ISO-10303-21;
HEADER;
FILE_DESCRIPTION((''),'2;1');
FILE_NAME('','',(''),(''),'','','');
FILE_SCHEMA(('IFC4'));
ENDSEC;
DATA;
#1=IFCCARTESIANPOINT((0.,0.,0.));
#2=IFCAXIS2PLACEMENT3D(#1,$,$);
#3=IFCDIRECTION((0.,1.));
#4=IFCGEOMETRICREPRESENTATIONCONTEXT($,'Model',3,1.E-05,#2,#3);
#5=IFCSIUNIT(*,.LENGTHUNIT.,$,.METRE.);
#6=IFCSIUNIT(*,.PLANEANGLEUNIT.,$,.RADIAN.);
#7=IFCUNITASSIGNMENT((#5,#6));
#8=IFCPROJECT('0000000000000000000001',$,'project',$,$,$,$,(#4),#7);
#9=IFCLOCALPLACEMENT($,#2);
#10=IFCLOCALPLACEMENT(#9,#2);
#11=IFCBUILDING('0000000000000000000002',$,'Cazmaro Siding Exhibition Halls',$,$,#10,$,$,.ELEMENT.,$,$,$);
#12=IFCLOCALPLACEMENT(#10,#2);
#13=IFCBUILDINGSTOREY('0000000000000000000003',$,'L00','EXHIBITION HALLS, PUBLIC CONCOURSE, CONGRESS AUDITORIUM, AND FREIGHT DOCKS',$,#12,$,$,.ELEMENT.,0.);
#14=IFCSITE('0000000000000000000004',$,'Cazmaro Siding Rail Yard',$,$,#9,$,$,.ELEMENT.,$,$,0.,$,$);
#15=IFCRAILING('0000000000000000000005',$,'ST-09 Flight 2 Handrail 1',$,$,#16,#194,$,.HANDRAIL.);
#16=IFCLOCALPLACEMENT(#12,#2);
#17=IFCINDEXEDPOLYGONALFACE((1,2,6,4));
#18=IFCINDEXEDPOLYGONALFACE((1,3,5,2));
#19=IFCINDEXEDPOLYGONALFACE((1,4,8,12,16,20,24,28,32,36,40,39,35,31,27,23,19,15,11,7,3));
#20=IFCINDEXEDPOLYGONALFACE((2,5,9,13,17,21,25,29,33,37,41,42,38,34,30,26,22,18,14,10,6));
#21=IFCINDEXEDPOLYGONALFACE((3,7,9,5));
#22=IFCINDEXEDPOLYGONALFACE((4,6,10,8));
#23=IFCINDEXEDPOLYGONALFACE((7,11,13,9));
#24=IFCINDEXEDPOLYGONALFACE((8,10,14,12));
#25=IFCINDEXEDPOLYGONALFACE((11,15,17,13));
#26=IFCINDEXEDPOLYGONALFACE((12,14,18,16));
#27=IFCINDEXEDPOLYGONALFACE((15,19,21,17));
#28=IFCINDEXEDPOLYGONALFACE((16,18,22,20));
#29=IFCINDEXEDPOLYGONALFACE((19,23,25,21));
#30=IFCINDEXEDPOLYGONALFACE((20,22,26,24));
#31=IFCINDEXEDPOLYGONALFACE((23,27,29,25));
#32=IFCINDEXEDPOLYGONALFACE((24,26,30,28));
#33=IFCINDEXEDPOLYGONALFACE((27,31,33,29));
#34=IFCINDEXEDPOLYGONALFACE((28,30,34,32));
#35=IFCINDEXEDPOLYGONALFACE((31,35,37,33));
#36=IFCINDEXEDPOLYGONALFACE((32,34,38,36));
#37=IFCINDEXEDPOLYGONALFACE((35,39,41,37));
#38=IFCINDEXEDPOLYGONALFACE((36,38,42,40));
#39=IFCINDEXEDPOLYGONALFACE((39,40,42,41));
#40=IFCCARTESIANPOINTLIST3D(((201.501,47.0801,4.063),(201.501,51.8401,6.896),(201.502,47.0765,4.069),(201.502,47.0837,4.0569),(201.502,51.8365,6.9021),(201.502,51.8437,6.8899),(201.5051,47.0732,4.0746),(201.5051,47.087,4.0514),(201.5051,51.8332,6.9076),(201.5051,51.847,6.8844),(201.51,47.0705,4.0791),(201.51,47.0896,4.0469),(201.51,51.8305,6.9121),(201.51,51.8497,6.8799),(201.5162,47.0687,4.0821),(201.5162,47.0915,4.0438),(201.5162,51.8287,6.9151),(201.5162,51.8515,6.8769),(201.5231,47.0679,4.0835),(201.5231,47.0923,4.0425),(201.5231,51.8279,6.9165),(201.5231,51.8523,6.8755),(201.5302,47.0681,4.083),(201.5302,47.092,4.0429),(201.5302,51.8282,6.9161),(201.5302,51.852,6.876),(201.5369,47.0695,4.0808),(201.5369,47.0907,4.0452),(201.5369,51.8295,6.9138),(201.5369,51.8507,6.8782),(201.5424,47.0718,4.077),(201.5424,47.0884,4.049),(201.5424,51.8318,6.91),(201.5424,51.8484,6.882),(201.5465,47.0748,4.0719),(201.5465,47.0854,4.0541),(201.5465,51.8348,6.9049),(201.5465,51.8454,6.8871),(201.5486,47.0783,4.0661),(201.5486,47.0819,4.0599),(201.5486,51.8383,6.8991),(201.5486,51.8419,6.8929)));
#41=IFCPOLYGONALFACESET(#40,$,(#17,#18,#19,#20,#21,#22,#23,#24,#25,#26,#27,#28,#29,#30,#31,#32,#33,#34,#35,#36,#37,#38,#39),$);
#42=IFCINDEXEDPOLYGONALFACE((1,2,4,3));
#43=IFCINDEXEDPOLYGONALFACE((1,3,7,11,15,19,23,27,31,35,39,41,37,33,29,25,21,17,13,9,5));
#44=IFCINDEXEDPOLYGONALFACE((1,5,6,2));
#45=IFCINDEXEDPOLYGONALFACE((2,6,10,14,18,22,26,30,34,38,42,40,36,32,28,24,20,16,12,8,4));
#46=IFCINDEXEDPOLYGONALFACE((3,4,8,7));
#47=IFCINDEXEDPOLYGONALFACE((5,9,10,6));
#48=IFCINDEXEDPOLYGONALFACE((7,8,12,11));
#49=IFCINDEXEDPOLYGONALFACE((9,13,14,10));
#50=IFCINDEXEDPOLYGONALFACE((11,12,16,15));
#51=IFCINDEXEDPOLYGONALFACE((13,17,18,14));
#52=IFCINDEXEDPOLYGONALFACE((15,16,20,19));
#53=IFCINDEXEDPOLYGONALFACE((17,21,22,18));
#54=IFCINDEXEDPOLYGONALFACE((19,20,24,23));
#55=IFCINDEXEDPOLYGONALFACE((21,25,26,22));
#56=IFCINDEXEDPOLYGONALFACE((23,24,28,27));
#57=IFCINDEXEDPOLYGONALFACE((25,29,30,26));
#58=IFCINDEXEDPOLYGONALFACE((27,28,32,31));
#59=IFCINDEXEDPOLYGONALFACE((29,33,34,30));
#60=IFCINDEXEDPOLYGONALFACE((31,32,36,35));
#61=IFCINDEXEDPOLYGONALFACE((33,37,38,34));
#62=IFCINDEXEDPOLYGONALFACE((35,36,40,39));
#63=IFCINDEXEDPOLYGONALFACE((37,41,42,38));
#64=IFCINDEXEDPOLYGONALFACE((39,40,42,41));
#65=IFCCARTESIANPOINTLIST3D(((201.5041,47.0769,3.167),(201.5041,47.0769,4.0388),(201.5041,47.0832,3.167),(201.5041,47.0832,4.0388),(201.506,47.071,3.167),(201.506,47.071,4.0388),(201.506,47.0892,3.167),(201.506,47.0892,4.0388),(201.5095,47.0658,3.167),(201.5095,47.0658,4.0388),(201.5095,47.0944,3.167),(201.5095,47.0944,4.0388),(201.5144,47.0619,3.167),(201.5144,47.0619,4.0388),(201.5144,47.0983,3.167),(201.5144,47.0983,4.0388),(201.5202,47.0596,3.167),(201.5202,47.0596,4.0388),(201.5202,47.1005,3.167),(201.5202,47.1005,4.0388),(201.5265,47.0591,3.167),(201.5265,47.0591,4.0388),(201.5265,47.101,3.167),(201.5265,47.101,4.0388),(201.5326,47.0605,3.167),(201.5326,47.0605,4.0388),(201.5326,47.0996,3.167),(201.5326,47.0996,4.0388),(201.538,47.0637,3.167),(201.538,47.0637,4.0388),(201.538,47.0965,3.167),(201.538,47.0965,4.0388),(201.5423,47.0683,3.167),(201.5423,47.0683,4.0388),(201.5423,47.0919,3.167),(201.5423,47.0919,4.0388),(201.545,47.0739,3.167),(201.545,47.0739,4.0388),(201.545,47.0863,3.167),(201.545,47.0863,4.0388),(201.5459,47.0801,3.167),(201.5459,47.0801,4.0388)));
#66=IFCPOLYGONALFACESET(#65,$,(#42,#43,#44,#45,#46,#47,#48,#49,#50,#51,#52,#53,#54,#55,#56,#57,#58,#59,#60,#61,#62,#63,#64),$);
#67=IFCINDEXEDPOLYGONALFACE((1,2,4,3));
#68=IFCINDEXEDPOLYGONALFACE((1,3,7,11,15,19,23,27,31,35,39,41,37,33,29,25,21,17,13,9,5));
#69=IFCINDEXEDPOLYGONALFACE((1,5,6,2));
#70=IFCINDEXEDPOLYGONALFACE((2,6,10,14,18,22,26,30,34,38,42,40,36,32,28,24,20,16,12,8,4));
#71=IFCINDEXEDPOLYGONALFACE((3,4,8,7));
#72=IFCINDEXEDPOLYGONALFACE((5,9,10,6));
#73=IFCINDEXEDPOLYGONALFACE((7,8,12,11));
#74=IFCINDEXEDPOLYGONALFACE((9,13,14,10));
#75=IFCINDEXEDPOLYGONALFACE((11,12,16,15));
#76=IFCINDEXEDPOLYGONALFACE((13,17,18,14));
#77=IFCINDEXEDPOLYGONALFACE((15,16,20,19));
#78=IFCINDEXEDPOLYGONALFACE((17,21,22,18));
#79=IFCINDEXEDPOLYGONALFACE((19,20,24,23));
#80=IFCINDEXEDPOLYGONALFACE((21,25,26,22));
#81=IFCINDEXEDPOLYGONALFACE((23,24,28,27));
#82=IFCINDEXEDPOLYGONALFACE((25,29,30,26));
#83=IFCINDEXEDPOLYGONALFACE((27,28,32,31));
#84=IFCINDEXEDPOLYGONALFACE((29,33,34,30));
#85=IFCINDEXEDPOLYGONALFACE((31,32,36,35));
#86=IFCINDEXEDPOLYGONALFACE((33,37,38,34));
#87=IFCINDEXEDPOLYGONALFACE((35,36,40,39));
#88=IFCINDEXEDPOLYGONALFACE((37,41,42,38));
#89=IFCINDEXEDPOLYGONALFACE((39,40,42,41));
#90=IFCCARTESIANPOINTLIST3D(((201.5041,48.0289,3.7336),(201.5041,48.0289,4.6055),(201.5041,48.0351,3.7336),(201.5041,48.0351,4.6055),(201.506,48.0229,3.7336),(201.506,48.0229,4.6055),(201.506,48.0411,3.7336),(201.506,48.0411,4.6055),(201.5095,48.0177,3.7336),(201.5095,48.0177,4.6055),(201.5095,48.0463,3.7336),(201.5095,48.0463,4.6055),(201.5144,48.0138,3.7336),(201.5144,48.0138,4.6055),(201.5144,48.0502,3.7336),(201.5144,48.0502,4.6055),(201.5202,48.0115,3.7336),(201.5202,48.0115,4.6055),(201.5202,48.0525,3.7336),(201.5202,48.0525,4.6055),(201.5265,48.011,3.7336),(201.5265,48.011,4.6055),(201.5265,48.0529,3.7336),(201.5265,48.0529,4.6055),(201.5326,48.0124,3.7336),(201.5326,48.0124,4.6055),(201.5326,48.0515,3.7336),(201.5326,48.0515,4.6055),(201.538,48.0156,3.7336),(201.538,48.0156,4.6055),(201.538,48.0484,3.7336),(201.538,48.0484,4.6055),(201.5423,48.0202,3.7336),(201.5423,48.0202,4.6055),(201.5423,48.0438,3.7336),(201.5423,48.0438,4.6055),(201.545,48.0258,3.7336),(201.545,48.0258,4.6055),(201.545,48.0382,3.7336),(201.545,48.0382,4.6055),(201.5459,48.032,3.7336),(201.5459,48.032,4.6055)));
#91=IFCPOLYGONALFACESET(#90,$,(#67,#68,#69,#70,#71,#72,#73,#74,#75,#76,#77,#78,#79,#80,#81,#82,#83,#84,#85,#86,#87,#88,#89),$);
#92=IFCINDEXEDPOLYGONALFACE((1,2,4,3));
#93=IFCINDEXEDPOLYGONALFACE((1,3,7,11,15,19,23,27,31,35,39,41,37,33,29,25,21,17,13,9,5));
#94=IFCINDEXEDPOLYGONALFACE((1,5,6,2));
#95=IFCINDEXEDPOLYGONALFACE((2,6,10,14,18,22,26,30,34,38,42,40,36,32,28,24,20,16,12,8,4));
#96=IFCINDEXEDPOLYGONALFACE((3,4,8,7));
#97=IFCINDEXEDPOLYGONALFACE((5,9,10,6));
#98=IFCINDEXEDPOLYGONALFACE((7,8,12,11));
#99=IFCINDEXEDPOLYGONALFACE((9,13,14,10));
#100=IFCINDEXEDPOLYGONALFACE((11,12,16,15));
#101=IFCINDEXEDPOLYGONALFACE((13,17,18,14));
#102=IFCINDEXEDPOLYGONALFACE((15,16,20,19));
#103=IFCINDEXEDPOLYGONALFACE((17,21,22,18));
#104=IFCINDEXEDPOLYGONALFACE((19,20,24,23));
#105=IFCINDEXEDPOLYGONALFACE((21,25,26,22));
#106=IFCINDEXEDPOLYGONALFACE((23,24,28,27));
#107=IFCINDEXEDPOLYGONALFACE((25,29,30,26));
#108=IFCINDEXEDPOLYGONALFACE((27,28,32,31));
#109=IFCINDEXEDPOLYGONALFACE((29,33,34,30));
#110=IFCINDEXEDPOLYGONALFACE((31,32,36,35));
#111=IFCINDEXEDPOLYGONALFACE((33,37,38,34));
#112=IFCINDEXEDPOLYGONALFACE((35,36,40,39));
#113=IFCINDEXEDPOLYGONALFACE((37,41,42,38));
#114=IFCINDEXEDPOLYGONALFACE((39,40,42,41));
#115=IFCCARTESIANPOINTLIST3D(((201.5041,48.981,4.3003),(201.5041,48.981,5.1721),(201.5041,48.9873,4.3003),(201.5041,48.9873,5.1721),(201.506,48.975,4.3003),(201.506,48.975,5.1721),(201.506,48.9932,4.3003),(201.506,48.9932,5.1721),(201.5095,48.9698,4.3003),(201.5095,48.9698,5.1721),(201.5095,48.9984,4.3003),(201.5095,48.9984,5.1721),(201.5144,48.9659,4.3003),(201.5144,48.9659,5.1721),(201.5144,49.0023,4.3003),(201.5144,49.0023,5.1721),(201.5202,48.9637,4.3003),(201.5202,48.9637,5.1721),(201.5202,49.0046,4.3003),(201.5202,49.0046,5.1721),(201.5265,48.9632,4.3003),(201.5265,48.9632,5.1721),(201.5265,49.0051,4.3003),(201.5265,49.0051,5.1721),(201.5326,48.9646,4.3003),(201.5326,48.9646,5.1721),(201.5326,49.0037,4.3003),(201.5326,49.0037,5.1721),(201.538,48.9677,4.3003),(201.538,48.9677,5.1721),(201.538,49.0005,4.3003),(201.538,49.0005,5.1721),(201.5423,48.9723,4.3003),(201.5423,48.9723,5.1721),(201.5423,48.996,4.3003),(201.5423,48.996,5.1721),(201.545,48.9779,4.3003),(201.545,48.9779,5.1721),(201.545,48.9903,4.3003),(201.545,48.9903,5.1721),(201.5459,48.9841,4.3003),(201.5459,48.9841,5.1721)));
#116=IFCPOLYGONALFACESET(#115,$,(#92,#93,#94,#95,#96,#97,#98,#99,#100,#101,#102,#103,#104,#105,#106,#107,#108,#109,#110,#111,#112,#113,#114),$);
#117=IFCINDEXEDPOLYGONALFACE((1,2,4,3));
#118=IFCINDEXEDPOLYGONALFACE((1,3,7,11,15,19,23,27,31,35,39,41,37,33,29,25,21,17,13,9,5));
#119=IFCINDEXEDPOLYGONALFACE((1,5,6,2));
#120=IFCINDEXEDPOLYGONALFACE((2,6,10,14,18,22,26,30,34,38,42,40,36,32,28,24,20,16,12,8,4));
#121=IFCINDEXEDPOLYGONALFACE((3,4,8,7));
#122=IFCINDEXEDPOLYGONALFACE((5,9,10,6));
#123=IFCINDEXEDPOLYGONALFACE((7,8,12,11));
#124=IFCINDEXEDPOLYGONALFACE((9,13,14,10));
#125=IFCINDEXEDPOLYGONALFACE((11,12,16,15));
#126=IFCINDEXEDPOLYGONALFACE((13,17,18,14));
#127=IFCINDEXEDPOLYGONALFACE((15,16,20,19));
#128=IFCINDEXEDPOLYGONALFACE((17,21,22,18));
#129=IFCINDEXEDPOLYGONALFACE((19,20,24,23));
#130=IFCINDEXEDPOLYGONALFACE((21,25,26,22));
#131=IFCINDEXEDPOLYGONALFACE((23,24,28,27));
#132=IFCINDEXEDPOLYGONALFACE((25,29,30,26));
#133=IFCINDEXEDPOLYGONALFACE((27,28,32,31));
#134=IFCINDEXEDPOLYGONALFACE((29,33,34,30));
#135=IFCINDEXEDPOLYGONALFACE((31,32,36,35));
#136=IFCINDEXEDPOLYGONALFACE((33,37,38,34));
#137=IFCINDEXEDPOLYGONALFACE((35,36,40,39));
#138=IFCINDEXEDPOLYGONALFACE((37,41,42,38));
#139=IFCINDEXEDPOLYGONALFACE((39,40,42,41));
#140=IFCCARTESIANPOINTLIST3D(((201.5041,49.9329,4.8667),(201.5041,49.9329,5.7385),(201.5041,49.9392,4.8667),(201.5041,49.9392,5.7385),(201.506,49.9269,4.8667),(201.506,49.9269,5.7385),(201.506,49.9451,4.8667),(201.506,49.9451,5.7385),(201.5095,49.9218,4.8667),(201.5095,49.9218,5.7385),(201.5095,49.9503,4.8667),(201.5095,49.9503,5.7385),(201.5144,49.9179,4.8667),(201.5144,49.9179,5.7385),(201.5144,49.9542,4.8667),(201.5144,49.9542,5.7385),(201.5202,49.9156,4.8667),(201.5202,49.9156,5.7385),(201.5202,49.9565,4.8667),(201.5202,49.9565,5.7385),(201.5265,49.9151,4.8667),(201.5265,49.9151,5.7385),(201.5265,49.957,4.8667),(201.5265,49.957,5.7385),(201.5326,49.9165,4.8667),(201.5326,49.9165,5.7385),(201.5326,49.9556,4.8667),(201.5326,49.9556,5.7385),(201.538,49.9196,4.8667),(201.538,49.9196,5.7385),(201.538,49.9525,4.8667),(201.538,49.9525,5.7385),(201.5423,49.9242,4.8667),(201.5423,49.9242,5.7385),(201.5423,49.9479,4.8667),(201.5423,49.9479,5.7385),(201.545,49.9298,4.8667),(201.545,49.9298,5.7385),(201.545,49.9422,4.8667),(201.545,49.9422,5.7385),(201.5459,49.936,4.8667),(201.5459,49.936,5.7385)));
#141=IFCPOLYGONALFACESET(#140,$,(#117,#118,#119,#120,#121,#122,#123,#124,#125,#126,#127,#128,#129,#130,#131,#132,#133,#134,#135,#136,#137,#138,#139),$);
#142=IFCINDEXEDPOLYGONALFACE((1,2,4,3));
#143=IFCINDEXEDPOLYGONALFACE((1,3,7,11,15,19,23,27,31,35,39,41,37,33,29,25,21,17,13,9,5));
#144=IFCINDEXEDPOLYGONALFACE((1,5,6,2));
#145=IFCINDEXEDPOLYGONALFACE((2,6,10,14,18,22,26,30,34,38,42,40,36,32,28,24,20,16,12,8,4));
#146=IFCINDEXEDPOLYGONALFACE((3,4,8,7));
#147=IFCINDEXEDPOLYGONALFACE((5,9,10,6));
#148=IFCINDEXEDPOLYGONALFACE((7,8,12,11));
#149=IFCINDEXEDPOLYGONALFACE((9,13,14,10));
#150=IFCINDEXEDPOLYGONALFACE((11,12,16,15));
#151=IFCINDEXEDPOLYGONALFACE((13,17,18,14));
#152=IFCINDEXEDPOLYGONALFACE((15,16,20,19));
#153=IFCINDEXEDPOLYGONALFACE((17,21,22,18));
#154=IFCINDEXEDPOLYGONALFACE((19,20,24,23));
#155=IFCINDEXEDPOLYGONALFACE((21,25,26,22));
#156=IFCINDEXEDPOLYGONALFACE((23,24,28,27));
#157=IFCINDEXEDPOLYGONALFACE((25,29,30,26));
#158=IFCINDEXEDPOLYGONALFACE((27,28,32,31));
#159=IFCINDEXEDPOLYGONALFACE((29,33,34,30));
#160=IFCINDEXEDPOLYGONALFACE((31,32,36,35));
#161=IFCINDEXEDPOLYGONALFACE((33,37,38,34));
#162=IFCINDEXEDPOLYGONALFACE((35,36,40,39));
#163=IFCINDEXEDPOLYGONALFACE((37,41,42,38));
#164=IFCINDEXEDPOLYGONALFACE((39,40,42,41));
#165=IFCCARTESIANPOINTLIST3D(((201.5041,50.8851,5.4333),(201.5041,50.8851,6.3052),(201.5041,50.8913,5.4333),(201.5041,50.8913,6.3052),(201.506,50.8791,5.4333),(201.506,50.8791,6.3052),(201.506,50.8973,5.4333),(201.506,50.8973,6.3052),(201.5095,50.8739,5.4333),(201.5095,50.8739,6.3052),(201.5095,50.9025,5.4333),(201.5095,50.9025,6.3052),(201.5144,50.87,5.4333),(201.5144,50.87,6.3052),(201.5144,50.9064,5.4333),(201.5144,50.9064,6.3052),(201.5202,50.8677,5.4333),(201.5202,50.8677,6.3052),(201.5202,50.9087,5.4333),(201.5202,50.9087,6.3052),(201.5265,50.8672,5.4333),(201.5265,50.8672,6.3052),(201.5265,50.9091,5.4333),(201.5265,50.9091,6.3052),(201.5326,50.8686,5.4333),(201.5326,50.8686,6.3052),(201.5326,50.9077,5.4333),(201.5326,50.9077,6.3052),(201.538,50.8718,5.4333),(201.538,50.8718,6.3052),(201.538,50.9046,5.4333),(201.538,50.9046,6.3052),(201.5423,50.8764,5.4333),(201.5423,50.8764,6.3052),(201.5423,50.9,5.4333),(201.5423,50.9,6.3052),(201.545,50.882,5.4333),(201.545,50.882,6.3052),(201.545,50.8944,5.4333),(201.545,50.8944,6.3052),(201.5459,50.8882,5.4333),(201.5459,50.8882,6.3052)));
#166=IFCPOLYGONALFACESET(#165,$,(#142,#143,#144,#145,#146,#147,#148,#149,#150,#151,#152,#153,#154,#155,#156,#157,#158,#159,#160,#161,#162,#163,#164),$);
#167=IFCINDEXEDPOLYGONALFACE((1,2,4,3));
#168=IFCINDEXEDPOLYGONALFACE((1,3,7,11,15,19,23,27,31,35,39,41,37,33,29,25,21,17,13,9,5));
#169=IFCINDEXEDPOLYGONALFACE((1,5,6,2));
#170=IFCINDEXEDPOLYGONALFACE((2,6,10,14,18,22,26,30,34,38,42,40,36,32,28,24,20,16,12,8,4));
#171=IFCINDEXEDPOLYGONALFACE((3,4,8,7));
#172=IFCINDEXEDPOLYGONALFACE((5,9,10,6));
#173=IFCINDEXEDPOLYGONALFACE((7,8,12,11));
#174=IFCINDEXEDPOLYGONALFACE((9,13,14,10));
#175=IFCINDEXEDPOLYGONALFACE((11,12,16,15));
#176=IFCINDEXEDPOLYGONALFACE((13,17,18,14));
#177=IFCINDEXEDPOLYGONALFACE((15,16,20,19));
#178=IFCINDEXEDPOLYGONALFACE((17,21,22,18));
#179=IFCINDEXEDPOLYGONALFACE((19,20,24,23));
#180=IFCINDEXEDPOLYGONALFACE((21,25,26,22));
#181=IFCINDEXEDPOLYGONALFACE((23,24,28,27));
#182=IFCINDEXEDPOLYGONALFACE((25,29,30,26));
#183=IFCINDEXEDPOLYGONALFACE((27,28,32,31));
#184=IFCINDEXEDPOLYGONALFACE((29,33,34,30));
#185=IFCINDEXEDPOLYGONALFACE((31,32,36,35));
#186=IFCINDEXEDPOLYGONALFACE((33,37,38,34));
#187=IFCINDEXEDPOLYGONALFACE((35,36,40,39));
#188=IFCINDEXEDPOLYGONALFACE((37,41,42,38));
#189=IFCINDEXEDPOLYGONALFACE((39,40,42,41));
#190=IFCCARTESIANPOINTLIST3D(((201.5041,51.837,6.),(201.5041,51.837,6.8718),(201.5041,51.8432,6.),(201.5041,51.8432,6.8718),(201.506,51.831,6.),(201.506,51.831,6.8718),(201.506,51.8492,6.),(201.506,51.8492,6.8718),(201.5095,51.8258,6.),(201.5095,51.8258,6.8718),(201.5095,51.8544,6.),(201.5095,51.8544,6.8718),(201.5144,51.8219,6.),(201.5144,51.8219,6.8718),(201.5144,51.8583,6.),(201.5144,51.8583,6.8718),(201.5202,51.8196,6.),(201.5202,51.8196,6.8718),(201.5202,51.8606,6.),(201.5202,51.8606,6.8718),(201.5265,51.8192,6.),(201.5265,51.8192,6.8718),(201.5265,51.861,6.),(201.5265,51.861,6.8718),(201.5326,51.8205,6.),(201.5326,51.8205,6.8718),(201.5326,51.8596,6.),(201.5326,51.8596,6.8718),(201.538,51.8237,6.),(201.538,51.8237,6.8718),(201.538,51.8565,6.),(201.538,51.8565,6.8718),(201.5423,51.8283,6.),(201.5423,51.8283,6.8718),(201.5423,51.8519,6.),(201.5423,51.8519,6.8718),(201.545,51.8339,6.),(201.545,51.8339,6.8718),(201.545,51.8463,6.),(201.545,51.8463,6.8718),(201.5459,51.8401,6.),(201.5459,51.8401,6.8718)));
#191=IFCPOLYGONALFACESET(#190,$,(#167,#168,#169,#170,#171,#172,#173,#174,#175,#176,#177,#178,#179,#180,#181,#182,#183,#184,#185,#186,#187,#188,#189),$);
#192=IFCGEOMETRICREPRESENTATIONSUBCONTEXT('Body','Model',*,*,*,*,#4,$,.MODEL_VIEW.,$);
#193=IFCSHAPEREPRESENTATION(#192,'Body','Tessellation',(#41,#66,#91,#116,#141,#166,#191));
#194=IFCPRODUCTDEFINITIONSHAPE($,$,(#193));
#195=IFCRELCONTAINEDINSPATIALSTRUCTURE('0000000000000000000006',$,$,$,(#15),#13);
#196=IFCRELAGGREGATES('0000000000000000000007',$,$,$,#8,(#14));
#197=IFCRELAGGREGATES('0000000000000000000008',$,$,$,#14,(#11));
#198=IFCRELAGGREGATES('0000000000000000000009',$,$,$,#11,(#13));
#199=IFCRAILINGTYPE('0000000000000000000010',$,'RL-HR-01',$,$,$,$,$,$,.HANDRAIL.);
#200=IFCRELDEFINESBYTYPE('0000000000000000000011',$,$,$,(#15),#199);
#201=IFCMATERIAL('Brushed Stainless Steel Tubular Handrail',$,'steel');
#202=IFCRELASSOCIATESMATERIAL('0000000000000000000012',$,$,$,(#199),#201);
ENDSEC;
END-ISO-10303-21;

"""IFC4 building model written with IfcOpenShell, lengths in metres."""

from ifc_helpers import new_model, si_unit, direction, frame, origin, origin_2d, place, context, subcontext, project, spatial, circle, extrude, material, type_object, element, save


model = new_model("IFC4")

# Units and contexts
model_context = context("Model", 3, precision=1e-05, world=origin(), true_north=direction((0.0, 1.0)))
body_context = subcontext(model_context, "Body", "Model", "MODEL_VIEW")
ifc_project = project(units=[si_unit("LENGTHUNIT", "METRE"), si_unit("PLANEANGLEUNIT", "RADIAN")], contexts=[model_context])

# Site, building, storey
site_placement = place(None, origin())
site = spatial("IfcSite", under=ifc_project, at=site_placement, Name="Cazmaro Siding Rail Yard", CompositionType="ELEMENT", RefElevation=0.0)
building_placement = place(site_placement, origin())
building = spatial("IfcBuilding", under=site, at=building_placement, Name="Cazmaro Siding Exhibition Halls", CompositionType="ELEMENT")
storey_placement = place(building_placement, origin())
storey = spatial("IfcBuildingStorey", under=building, at=storey_placement, Name="L00", Description="EXHIBITION HALLS, PUBLIC CONCOURSE, CONGRESS AUDITORIUM, AND FREIGHT DOCKS", CompositionType="ELEMENT", Elevation=0.0)

# Railing
ifc_material_1 = material(Name="Brushed Stainless Steel Tubular Handrail", Category="steel")
railing_type_1 = type_object("IfcRailingType", Name="RL-HR-01", PredefinedType="HANDRAIL", material=ifc_material_1)
for number, where, name in (
    (1, (201.5249, 47.0801, 3.167), "ST-09 Flight 2 Handrail 1"),
):
    element("IfcRailing", number, at=place(storey_placement, frame(where)), inside=storey, type_object=railing_type_1, Name=name, PredefinedType="HANDRAIL", context=body_context, shape_type="SweptSolid", body=[
        extrude(circle(Radius=0.0239, at=origin_2d()), frame((0.0, 0.0, 0.896), z_axis=(0.0, 0.859319, 0.51144), x_axis=(-1.0, 0.0, 0.0)), (0.0, 0.0, 1.0), 5.5393),
        extrude(circle(Radius=0.021, at=origin_2d()), origin(), (0.0, 0.0, 1.0), 0.8718),
        extrude(circle(Radius=0.021, at=origin_2d()), frame((0.0, 0.9519, 0.5667)), (0.0, 0.0, 1.0), 0.8718),
        extrude(circle(Radius=0.021, at=origin_2d()), frame((0.0, 1.9041, 1.1333)), (0.0, 0.0, 1.0), 0.8718),
        extrude(circle(Radius=0.021, at=origin_2d()), frame((0.0, 2.856, 1.6997)), (0.0, 0.0, 1.0), 0.8718),
        extrude(circle(Radius=0.021, at=origin_2d()), frame((0.0, 3.8081, 2.2664)), (0.0, 0.0, 1.0), 0.8718),
        extrude(circle(Radius=0.021, at=origin_2d()), frame((0.0, 4.76, 2.833)), (0.0, 0.0, 1.0), 0.8718),
    ])

save(model, "model.ifc")
